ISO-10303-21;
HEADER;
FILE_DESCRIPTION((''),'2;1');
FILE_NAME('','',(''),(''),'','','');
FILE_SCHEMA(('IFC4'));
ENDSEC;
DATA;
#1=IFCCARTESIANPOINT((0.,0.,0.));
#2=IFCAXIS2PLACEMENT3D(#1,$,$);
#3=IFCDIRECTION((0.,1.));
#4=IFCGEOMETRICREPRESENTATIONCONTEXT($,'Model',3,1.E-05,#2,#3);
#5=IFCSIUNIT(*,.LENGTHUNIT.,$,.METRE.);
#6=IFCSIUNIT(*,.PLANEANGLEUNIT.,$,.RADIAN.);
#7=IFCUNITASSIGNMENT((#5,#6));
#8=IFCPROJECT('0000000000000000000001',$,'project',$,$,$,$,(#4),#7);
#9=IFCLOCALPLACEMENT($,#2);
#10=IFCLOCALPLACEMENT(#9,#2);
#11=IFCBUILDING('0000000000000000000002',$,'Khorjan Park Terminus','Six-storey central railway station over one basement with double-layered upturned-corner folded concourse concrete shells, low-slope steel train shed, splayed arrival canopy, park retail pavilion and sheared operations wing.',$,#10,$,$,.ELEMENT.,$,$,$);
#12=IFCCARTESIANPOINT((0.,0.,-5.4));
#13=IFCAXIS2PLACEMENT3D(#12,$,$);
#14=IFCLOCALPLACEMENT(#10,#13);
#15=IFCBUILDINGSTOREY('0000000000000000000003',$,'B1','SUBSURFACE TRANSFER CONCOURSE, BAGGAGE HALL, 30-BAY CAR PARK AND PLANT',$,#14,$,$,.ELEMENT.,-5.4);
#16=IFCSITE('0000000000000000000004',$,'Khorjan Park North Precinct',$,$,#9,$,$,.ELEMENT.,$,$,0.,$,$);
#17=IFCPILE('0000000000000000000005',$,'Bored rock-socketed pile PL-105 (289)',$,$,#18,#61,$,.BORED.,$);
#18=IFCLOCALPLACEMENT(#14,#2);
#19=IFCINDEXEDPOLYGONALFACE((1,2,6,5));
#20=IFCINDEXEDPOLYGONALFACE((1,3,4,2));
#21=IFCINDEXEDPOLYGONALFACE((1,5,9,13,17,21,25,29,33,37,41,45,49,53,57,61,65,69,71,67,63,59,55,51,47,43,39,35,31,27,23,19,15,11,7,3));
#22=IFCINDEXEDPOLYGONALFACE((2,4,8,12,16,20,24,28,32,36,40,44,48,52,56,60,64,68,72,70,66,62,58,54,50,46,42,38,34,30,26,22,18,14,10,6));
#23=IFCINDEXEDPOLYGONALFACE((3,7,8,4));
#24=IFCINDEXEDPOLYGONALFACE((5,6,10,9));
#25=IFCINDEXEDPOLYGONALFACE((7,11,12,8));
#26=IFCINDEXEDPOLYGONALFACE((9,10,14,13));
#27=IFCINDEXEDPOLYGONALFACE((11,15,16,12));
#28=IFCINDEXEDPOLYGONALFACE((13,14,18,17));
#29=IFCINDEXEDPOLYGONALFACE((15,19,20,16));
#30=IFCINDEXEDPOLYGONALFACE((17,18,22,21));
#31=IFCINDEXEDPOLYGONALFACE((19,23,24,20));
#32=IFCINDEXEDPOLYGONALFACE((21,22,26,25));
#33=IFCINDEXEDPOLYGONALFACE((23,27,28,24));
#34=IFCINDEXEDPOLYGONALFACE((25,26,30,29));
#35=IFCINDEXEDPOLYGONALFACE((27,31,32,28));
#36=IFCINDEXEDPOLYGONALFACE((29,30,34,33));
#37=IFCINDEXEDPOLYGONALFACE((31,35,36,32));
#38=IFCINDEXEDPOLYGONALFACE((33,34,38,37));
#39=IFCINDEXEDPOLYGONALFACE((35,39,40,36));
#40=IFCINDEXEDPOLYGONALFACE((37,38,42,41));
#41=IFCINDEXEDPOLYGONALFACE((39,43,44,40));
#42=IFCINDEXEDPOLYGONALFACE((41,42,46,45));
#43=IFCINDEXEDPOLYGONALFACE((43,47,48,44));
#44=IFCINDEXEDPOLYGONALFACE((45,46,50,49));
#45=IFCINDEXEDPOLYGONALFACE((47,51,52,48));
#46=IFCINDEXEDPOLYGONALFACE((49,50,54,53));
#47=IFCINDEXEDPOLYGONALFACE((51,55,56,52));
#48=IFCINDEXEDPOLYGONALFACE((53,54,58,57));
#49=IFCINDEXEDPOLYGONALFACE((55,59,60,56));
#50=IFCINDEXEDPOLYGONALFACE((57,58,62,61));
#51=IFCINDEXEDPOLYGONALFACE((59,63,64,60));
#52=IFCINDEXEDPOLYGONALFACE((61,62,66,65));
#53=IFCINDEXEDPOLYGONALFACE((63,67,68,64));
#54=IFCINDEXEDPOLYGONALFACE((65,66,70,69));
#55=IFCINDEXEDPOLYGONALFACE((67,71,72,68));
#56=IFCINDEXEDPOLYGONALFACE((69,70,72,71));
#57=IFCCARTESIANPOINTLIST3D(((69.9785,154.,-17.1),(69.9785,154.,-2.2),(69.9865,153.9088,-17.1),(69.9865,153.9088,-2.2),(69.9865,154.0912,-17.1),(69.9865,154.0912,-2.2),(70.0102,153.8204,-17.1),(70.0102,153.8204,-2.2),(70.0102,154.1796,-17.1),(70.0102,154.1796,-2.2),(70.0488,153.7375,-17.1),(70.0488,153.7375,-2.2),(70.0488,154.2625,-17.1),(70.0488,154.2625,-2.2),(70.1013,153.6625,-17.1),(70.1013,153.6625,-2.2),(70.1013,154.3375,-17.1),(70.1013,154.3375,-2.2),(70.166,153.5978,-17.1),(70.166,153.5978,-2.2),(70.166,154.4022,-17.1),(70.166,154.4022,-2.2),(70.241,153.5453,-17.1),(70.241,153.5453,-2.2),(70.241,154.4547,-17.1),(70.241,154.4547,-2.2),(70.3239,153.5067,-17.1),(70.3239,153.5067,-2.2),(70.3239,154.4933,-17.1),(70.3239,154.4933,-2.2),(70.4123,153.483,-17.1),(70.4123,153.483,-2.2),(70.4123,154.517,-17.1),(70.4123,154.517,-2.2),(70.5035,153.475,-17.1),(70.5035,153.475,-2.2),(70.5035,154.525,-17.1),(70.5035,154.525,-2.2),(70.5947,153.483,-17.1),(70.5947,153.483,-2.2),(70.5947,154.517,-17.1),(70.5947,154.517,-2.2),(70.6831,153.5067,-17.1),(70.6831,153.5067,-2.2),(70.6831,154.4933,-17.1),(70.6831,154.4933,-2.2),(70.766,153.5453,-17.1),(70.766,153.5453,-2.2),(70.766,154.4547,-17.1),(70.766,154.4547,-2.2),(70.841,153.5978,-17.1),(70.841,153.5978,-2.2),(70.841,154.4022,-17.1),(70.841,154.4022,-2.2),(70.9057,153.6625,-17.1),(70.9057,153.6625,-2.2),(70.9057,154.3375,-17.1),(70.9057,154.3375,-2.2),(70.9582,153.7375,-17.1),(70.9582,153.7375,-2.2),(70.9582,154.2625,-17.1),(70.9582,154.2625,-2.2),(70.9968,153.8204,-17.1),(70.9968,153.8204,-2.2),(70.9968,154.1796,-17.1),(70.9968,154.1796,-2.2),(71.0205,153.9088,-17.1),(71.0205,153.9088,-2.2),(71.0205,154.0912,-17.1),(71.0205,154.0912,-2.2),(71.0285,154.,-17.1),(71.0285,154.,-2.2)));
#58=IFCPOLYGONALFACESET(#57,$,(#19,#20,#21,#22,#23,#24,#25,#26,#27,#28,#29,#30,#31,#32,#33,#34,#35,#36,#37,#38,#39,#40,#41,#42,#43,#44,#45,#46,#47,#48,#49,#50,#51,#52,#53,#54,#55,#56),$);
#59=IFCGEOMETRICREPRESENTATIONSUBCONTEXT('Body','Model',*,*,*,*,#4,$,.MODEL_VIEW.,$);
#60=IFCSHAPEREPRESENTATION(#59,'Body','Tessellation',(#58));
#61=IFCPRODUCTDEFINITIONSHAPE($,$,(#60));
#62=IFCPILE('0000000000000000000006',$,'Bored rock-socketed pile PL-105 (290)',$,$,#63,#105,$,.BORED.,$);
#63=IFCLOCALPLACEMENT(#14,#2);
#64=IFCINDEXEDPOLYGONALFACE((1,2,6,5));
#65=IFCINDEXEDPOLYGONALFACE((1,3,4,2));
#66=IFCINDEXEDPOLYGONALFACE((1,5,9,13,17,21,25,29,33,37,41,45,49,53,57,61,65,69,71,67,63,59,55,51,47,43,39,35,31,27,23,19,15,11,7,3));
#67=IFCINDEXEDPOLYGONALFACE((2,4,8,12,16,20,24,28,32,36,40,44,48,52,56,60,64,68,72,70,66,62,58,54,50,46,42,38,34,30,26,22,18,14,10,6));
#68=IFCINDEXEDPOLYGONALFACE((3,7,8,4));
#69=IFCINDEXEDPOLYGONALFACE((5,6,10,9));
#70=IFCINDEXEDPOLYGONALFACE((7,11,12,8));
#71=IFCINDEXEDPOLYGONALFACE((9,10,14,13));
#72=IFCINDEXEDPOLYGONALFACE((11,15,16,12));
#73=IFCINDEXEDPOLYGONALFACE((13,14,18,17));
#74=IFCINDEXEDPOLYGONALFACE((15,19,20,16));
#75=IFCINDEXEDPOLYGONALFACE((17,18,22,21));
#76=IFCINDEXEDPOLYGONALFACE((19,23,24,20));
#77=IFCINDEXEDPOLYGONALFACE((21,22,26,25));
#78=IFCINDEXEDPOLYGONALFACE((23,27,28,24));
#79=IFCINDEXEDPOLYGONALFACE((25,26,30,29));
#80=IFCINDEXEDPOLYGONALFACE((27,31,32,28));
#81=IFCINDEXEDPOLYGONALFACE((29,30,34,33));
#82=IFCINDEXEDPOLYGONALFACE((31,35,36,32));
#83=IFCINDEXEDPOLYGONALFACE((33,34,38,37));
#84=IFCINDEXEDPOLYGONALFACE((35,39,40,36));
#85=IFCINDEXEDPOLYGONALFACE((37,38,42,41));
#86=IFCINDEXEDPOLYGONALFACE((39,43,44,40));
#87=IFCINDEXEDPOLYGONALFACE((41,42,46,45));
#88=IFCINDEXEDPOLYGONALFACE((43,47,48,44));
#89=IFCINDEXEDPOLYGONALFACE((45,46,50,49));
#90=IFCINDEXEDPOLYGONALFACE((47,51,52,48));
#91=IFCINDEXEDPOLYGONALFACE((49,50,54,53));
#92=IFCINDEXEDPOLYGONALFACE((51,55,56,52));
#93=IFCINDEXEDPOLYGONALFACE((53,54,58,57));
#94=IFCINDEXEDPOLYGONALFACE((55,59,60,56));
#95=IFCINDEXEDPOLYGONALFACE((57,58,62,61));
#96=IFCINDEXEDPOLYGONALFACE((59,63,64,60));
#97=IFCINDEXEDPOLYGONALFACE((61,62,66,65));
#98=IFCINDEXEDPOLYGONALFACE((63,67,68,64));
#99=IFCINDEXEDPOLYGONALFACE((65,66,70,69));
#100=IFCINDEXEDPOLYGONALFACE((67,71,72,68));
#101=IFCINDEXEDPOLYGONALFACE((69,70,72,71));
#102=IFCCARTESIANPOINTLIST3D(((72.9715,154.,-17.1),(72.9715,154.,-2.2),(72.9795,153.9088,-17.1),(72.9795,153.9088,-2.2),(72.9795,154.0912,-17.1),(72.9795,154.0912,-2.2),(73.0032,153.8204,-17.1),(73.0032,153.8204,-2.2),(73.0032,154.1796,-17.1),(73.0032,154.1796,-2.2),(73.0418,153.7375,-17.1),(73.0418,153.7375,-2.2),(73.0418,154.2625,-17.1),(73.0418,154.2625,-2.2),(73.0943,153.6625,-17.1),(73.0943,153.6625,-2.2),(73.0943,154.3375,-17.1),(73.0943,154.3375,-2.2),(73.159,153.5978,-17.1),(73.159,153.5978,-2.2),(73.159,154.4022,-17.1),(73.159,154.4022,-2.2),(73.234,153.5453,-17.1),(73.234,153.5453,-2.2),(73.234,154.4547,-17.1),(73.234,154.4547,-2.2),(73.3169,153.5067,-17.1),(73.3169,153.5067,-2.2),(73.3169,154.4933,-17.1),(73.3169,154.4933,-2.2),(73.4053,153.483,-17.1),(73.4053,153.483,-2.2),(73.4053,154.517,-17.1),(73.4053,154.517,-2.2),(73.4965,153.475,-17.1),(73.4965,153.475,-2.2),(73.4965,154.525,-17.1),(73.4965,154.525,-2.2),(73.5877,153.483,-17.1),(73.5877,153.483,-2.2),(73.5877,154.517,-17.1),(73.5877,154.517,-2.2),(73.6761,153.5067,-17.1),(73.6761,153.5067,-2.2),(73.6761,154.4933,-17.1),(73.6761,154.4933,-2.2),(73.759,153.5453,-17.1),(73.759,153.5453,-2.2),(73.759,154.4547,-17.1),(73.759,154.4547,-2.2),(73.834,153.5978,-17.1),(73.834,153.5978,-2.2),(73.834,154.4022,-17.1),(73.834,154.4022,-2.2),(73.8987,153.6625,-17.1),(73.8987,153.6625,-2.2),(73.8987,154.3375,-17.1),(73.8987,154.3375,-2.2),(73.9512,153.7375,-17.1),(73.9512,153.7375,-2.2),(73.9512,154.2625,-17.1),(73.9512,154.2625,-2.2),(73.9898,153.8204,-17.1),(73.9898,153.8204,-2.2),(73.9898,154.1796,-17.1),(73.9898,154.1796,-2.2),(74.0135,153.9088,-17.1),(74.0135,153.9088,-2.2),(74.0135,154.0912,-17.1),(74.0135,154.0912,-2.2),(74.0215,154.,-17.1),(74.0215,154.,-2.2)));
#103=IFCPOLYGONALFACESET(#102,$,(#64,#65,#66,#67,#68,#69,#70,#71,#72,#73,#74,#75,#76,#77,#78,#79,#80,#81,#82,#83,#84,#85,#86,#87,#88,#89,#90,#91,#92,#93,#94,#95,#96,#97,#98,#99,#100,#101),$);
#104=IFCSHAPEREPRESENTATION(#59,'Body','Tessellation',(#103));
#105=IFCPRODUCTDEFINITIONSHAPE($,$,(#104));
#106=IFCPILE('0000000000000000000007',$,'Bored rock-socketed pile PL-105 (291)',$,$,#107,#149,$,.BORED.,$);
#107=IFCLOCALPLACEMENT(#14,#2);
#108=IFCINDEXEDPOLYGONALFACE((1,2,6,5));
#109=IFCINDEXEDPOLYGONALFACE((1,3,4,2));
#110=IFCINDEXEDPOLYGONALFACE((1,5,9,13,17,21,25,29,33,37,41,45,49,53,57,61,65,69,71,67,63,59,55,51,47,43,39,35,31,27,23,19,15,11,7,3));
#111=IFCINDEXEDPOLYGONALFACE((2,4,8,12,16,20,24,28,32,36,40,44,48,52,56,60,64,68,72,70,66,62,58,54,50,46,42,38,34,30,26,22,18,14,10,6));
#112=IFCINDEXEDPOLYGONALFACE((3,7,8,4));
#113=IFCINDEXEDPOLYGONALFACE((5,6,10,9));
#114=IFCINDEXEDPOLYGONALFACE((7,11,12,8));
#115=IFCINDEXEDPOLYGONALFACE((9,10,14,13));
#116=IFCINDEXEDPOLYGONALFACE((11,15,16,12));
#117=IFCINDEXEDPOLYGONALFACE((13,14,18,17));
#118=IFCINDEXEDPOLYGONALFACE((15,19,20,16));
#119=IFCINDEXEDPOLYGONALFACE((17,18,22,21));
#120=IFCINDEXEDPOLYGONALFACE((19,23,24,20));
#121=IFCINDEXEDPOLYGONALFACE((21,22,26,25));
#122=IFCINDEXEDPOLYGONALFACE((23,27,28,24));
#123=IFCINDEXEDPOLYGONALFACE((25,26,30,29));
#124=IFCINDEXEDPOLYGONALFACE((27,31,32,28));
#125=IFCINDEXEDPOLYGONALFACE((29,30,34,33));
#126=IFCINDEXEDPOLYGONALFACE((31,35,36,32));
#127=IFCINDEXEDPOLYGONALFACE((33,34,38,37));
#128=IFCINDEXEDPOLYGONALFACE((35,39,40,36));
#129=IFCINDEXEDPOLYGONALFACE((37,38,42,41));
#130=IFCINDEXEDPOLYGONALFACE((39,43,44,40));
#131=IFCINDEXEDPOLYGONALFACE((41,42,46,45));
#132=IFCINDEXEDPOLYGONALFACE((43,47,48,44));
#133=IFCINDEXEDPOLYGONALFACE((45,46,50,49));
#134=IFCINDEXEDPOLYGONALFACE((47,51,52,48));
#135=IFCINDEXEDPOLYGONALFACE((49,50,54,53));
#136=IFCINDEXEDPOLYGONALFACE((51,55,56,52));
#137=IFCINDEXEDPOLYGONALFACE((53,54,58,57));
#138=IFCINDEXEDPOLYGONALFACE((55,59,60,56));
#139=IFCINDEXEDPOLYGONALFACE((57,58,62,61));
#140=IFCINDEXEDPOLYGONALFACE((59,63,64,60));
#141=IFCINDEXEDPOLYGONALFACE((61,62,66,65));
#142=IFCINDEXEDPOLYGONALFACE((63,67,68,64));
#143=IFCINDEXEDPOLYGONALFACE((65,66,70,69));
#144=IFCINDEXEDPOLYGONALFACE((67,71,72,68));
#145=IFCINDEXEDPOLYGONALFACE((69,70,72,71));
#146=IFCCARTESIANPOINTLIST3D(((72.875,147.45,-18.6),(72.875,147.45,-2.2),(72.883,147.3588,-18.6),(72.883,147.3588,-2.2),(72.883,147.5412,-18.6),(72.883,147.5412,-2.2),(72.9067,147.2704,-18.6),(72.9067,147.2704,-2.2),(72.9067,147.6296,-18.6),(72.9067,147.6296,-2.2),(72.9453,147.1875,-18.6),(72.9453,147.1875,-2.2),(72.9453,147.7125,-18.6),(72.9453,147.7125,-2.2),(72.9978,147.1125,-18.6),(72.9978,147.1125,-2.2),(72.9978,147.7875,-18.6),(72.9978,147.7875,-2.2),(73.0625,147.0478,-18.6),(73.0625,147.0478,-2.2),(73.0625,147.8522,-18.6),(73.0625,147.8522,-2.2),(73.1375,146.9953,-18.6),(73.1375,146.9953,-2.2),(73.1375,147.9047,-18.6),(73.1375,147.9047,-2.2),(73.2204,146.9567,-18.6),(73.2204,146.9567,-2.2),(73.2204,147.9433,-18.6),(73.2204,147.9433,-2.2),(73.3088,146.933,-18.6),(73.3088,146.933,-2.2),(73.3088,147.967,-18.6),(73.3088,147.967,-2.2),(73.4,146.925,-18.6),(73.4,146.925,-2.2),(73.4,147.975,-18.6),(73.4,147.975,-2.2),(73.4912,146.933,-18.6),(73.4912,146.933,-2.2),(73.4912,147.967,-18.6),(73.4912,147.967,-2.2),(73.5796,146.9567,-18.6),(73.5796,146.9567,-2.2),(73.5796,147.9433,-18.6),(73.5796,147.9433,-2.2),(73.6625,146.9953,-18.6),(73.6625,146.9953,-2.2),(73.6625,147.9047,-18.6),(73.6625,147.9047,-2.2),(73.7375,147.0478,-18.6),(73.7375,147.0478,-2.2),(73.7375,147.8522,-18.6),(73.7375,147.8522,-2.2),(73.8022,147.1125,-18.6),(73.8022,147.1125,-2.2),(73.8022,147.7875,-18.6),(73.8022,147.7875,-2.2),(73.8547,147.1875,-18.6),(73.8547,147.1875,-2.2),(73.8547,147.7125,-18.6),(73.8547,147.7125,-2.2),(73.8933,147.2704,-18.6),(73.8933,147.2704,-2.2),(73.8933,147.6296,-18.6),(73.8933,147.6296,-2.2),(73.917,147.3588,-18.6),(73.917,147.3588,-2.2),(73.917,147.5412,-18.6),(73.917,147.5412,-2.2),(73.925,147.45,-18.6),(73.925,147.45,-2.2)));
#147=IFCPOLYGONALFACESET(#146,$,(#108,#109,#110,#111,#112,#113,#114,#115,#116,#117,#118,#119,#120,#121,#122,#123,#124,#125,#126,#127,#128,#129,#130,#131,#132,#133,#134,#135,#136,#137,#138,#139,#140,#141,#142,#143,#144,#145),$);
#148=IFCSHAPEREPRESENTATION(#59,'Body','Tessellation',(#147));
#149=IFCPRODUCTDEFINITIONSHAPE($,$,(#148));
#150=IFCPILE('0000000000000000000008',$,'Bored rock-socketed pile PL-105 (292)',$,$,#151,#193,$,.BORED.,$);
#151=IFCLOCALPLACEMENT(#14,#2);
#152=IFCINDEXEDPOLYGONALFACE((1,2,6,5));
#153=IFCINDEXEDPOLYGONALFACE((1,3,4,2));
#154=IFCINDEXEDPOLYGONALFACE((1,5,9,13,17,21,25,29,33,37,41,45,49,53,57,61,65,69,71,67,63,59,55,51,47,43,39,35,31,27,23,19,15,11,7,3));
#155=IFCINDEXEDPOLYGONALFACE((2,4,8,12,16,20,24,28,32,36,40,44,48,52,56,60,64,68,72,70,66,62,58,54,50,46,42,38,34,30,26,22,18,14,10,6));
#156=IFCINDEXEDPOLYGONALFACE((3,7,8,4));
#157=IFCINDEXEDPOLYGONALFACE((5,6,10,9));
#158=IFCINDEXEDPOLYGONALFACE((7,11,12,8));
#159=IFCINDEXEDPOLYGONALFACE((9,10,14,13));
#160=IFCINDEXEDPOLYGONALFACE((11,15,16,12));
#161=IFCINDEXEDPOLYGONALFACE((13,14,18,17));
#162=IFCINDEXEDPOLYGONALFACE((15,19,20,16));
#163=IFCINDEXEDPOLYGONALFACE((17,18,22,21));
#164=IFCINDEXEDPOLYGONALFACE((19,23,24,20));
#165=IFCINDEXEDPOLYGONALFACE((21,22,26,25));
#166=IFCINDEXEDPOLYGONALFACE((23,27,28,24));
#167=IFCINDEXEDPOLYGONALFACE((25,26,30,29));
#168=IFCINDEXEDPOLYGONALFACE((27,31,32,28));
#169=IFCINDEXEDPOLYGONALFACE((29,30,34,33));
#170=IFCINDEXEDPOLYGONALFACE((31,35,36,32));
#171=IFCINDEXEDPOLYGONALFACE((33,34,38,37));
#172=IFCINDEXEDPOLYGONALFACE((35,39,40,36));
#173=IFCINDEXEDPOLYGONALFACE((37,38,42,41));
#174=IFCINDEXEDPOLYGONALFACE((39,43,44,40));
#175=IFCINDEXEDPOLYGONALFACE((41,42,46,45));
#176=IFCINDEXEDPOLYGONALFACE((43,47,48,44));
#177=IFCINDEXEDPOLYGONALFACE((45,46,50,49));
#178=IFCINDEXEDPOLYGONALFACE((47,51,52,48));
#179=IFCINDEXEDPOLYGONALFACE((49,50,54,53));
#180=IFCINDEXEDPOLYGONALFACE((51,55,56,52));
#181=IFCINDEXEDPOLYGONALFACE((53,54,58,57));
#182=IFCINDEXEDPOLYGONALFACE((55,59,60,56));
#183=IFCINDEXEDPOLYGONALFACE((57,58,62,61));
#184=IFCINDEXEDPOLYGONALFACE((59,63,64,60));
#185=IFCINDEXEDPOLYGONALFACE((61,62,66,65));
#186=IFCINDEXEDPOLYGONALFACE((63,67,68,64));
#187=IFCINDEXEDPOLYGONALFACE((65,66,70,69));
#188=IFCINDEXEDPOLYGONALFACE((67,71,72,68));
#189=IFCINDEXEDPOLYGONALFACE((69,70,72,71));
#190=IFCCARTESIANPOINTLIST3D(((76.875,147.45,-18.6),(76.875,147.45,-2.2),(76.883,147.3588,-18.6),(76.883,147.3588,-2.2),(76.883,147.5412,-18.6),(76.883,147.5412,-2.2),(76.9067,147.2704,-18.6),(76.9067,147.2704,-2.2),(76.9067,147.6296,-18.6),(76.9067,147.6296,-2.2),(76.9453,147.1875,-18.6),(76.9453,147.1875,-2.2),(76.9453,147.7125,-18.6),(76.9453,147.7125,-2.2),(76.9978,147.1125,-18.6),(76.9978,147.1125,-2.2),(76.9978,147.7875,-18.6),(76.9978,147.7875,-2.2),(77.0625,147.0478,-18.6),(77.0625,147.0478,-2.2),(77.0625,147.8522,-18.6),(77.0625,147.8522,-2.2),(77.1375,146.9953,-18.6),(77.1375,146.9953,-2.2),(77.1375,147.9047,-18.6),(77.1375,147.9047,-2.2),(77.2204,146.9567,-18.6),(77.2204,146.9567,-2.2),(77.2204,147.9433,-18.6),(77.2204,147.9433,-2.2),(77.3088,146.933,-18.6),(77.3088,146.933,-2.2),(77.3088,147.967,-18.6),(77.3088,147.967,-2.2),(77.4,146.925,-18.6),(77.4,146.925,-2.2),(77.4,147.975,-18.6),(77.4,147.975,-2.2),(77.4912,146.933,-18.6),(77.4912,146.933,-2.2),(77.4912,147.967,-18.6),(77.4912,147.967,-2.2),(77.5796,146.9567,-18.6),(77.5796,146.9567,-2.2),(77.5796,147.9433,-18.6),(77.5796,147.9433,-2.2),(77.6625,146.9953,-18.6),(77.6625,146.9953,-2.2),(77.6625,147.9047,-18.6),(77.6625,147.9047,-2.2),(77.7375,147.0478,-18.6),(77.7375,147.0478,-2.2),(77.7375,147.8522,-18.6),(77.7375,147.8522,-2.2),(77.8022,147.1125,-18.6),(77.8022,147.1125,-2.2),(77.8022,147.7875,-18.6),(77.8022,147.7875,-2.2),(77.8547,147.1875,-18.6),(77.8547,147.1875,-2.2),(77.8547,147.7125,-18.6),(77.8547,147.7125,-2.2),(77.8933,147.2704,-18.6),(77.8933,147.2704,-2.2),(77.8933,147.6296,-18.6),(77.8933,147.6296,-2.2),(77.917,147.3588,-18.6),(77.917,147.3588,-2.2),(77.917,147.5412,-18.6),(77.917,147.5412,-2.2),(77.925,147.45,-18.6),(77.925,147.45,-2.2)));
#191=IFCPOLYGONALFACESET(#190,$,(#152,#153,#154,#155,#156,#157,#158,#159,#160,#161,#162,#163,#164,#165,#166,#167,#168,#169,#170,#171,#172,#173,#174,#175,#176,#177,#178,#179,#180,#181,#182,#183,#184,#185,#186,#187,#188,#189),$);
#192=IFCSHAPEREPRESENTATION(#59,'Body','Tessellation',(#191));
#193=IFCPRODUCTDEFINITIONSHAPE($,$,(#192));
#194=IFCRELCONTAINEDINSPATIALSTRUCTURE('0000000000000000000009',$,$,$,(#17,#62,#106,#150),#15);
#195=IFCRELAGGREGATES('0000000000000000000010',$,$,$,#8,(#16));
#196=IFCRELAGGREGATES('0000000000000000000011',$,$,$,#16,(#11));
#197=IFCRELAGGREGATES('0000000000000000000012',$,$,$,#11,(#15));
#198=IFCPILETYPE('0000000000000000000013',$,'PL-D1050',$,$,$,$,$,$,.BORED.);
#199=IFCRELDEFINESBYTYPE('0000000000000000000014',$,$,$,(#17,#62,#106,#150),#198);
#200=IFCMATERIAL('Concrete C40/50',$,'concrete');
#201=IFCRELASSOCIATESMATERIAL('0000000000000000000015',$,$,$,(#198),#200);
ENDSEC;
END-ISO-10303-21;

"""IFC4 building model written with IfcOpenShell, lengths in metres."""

from ifc_helpers import new_model, si_unit, direction, frame, origin, origin_2d, place, context, subcontext, project, spatial, circle, extrude, material, material_profile, profile_set, type_object, element, save


model = new_model("IFC4")

# Units and contexts
model_context = context("Model", 3, precision=1e-05, world=origin(), true_north=direction((0.0, 1.0)))
body_context = subcontext(model_context, "Body", "Model", "MODEL_VIEW")
ifc_project = project(units=[si_unit("LENGTHUNIT", "METRE"), si_unit("PLANEANGLEUNIT", "RADIAN")], contexts=[model_context])

# Site, building, storey
site_placement = place(None, origin())
site = spatial("IfcSite", under=ifc_project, at=site_placement, Name="Khorjan Park North Precinct", CompositionType="ELEMENT", RefElevation=0.0)
building_placement = place(site_placement, origin())
building = spatial("IfcBuilding", under=site, at=building_placement, Name="Khorjan Park Terminus", Description="Six-storey central railway station over one basement with double-layered upturned-corner folded concourse concrete shells, low-slope steel train shed, splayed arrival canopy, park retail pavilion and sheared operations wing.", CompositionType="ELEMENT")
storey_placement = place(building_placement, frame((0.0, 0.0, -5.4)))
storey = spatial("IfcBuildingStorey", under=building, at=storey_placement, Name="B1", Description="SUBSURFACE TRANSFER CONCOURSE, BAGGAGE HALL, 30-BAY CAR PARK AND PLANT", CompositionType="ELEMENT", Elevation=-5.4)

# Shared definitions
ifc_material_1 = material(Name="Concrete C40/50", Category="concrete")

# Piles
ifc_material_profile_1 = material_profile(ifc_material_1, circle(Radius=0.525, at=origin_2d()), Name="BORED D1050")
ifc_profile_set_1 = profile_set([ifc_material_profile_1], Name="Concrete C40/50")
pile_type_1 = type_object("IfcPileType", Name="PL-D1050", PredefinedType="BORED", material=ifc_profile_set_1)
for number, where, z_axis, x_axis, name in (
    (1, (70.5035, 154.0, -2.2), (0.0, 0.0, -1.0), (1.0, 0.0, 0.0), "Bored rock-socketed pile PL-105 (289)"),
    (2, (73.4965, 154.0, -2.2), (0.0, 0.0, -1.0), (1.0, 0.0, 0.0), "Bored rock-socketed pile PL-105 (290)"),
):
    element("IfcPile", number, at=place(storey_placement, frame(where, z_axis=z_axis, x_axis=x_axis)), inside=storey, type_object=pile_type_1, Name=name, PredefinedType="BORED", context=body_context, shape_type="SweptSolid", body=[
        extrude(circle(Radius=0.525, at=origin_2d()), origin(), (0.0, 0.0, 1.0), 14.9),
    ])
for number, where, z_axis, x_axis, name in (
    (3, (73.4, 147.45, -2.2), (0.0, 0.0, -1.0), (1.0, 0.0, 0.0), "Bored rock-socketed pile PL-105 (291)"),
    (4, (77.4, 147.45, -2.2), (0.0, 0.0, -1.0), (1.0, 0.0, 0.0), "Bored rock-socketed pile PL-105 (292)"),
):
    element("IfcPile", number, at=place(storey_placement, frame(where, z_axis=z_axis, x_axis=x_axis)), inside=storey, type_object=pile_type_1, Name=name, PredefinedType="BORED", context=body_context, shape_type="SweptSolid", body=[
        extrude(circle(Radius=0.525, at=origin_2d()), origin(), (0.0, 0.0, 1.0), 16.4),
    ])

save(model, "model.ifc")
